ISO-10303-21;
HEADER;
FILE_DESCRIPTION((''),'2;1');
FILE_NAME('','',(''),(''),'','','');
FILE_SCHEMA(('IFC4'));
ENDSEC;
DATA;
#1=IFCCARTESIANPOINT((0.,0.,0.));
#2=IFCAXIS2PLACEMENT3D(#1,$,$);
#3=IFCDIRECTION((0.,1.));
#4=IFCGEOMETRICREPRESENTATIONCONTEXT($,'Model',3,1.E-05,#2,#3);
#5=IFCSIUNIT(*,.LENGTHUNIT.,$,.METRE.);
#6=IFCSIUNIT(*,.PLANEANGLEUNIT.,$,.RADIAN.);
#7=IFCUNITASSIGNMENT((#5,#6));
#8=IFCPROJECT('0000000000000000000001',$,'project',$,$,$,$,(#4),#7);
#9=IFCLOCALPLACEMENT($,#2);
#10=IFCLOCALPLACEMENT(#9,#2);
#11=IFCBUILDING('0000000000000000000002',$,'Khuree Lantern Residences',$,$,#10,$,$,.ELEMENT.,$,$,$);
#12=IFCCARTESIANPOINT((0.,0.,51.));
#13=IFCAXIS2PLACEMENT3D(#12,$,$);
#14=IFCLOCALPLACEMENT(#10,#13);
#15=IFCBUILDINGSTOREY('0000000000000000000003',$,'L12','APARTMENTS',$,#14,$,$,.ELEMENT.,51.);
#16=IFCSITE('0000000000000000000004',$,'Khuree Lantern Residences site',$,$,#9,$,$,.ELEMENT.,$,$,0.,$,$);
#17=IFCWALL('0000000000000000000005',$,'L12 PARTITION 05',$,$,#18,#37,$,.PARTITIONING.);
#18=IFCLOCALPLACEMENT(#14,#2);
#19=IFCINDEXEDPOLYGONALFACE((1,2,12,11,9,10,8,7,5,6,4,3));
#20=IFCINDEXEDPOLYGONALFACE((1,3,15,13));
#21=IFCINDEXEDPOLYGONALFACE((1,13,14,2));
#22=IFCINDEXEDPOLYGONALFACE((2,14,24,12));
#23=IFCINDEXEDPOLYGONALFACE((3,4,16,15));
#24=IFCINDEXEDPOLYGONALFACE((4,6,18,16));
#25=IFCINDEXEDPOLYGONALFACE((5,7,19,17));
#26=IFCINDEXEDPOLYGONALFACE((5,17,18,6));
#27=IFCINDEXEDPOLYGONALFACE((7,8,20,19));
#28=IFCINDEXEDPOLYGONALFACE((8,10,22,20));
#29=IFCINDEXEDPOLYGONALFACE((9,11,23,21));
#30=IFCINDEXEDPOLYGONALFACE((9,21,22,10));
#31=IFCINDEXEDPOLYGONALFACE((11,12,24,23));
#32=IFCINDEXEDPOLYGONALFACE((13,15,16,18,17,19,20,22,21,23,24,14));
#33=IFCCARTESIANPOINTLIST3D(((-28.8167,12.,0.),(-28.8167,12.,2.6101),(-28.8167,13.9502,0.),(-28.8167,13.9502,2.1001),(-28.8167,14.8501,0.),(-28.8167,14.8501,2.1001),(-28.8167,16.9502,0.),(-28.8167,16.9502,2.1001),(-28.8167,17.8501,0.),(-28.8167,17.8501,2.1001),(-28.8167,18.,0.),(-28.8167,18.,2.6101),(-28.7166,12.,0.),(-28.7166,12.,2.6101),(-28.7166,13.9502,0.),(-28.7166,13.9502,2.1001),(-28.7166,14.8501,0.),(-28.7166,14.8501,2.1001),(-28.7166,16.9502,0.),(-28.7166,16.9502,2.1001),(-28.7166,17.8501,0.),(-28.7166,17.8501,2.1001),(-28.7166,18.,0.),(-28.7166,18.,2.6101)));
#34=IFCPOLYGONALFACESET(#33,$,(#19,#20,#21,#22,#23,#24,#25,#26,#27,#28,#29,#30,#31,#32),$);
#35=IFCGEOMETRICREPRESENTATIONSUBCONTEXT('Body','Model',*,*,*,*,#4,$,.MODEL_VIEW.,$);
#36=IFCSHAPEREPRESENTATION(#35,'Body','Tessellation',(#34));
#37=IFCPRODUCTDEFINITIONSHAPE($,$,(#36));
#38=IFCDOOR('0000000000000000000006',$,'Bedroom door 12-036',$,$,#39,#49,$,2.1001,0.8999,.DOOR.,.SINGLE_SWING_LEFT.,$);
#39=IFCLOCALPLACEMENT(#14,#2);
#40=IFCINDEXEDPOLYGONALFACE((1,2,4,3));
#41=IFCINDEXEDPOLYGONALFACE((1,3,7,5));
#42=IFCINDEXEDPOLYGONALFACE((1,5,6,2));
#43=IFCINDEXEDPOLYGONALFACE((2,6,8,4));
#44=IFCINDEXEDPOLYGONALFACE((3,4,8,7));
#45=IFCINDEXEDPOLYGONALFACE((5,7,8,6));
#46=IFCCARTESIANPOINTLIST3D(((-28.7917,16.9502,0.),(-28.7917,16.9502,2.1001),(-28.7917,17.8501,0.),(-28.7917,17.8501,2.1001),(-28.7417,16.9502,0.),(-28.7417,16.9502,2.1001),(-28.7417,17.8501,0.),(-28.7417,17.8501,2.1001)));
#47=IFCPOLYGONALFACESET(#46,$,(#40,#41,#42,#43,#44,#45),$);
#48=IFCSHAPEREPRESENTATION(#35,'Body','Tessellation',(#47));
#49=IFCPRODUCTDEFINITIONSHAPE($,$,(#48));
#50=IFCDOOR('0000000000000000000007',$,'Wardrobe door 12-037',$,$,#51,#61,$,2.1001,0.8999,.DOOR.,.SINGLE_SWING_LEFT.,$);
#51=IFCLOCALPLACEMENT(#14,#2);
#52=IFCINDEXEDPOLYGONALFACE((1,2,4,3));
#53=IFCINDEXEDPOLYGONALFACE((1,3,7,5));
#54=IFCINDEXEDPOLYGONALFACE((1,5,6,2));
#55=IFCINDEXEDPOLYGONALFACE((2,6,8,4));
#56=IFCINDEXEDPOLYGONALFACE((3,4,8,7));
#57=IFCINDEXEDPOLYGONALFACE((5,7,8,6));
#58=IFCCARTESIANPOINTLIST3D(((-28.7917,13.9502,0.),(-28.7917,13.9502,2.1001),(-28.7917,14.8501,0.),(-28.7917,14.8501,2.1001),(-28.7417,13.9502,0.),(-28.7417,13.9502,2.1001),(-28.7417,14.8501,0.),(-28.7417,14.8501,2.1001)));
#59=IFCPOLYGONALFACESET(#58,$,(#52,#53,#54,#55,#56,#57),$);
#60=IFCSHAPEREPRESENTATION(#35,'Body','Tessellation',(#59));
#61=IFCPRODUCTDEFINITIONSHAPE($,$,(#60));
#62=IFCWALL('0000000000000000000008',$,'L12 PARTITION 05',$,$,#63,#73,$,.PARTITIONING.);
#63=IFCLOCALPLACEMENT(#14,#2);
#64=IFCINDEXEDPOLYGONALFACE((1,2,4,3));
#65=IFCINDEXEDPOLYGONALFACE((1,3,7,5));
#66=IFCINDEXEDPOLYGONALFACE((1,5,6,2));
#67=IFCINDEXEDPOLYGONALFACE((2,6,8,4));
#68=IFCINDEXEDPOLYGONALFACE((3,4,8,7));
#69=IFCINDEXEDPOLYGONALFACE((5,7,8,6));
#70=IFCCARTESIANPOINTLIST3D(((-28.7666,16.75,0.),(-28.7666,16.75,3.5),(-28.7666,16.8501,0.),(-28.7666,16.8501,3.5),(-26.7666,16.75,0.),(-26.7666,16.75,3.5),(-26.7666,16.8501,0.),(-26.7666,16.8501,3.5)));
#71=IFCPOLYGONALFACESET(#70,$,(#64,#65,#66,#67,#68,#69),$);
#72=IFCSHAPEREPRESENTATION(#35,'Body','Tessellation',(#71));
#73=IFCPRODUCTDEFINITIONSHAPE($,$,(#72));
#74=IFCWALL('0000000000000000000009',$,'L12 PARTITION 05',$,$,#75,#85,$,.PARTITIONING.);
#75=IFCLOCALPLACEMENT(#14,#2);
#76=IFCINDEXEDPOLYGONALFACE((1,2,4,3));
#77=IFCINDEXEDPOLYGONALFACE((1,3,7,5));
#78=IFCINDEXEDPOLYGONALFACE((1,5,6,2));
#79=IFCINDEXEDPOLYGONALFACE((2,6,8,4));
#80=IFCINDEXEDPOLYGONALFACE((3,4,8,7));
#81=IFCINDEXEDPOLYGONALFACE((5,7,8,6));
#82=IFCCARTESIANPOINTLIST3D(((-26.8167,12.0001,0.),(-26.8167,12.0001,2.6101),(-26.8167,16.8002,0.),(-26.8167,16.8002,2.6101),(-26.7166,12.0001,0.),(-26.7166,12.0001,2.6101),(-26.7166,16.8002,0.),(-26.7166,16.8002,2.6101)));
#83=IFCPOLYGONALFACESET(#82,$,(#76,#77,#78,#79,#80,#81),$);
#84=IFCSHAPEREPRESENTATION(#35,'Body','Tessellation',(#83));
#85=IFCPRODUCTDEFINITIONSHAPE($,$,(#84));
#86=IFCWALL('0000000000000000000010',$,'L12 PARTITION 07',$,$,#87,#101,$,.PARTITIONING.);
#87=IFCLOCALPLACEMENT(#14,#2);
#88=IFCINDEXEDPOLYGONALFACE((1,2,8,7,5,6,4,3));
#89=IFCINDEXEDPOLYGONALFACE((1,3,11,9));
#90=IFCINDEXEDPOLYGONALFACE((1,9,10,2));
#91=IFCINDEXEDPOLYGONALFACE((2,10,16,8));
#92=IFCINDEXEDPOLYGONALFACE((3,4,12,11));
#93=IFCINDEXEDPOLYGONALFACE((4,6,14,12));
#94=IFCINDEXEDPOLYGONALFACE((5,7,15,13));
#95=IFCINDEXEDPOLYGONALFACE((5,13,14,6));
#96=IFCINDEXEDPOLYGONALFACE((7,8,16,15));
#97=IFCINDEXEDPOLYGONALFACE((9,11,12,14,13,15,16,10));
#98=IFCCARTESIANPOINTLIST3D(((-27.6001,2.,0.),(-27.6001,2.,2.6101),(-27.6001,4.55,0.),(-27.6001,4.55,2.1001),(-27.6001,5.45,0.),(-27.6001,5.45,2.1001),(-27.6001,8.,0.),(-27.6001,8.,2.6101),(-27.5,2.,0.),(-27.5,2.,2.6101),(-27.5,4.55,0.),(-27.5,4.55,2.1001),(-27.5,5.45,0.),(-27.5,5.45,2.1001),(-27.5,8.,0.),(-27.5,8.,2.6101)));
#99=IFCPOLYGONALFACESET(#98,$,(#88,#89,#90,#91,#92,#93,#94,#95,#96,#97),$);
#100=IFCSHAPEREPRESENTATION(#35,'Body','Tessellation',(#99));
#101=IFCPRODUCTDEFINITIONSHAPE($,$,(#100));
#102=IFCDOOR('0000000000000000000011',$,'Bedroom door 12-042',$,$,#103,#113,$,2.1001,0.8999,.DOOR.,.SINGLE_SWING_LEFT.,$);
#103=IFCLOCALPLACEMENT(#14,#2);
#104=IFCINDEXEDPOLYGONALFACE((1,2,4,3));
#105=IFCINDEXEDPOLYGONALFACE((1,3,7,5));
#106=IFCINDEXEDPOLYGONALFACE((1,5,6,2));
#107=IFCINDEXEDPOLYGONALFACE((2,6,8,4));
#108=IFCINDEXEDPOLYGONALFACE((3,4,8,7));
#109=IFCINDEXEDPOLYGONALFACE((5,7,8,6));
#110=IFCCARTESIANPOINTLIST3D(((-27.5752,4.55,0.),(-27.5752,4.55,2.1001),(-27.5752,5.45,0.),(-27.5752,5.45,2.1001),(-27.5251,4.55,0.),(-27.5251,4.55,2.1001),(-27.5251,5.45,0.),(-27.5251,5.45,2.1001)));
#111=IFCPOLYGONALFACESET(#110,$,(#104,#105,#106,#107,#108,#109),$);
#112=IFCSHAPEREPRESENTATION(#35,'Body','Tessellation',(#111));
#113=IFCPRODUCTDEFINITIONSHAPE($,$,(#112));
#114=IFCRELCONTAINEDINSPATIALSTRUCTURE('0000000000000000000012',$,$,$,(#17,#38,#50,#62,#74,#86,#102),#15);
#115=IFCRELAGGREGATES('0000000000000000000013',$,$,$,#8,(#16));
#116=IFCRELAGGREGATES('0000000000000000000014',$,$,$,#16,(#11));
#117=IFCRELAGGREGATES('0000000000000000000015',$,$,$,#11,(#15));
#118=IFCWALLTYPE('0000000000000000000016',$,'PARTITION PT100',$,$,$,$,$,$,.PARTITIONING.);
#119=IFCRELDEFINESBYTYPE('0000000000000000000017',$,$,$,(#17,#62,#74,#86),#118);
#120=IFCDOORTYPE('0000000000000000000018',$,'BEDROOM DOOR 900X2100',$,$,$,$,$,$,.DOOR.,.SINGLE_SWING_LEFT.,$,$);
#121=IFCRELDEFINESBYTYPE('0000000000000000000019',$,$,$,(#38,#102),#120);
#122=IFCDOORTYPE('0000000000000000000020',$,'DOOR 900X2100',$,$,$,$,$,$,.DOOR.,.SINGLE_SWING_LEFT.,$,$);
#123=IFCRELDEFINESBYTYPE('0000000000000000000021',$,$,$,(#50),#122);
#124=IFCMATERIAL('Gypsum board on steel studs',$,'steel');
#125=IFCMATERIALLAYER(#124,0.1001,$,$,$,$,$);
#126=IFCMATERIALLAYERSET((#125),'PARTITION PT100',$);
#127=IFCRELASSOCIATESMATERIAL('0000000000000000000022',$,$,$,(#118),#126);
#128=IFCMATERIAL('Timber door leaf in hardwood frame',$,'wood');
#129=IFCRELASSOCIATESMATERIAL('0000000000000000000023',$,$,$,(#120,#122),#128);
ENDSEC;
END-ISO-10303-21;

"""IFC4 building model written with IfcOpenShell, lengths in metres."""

from ifc_helpers import new_model, si_unit, direction, frame, frame_2d, origin, place, context, subcontext, project, spatial, rectangle, extrude, material, layer, layer_set, type_object, element, fill, save


model = new_model("IFC4")

# Units and contexts
model_context = context("Model", 3, precision=1e-05, world=origin(), true_north=direction((0.0, 1.0)))
body_context = subcontext(model_context, "Body", "Model", "MODEL_VIEW")
ifc_project = project(units=[si_unit("LENGTHUNIT", "METRE"), si_unit("PLANEANGLEUNIT", "RADIAN")], contexts=[model_context])

# Site, building, storey
site_placement = place(None, origin())
site = spatial("IfcSite", under=ifc_project, at=site_placement, Name="Khuree Lantern Residences site", CompositionType="ELEMENT", RefElevation=0.0)
building_placement = place(site_placement, origin())
building = spatial("IfcBuilding", under=site, at=building_placement, Name="Khuree Lantern Residences", CompositionType="ELEMENT")
storey_placement = place(building_placement, frame((0.0, 0.0, 51.0)))
storey = spatial("IfcBuildingStorey", under=building, at=storey_placement, Name="L12", Description="APARTMENTS", CompositionType="ELEMENT", Elevation=51.0)

# Shared definitions
ifc_material_1 = material(Name="Timber door leaf in hardwood frame", Category="wood")

# Shared definitions
ifc_material_2 = material(Name="Gypsum board on steel studs", Category="steel")
ifc_layer_1 = layer(ifc_material_2, 0.1001)
ifc_layer_set_1 = layer_set([ifc_layer_1], Name="PARTITION PT100")
wall_type_1 = type_object("IfcWallType", Name="PARTITION PT100", PredefinedType="PARTITIONING", material=ifc_layer_set_1)

# Wall, openings, doors
wall_1_placement = place(storey_placement, frame((-28.7666, 18.0, 0.0), z_axis=(0.0, 0.0, 1.0), x_axis=(0.0, -1.0, 0.0)))
wall_1 = element("IfcWall", 1, at=wall_1_placement, inside=storey, type_object=wall_type_1, Name="L12 PARTITION 05", PredefinedType="PARTITIONING", context=body_context, shape_type="SweptSolid", body=[
    extrude(rectangle(XDim=6.0, YDim=0.1001, at=frame_2d((3.0, 0.0))), origin(), (0.0, 0.0, 1.0), 2.6101),
])
opening_1_placement = place(wall_1_placement, frame((0.1499, 0.0, 0.0)))
opening_1 = element("IfcOpeningElement", 2, at=opening_1_placement, cuts=wall_1, PredefinedType="OPENING", context=body_context, shape_type="SweptSolid", body=[
    extrude(rectangle(XDim=0.8999, YDim=2.1001, at=frame_2d((0.45, 1.05))), frame((0.0, 0.0601, 0.0), z_axis=(0.0, -1.0, 0.0), x_axis=(1.0, 0.0, 0.0)), (0.0, 0.0, 1.0), 0.1201),
])
opening_2_placement = place(wall_1_placement, frame((3.1499, 0.0, 0.0)))
opening_2 = element("IfcOpeningElement", 3, at=opening_2_placement, cuts=wall_1, PredefinedType="OPENING", context=body_context, shape_type="SweptSolid", body=[
    extrude(rectangle(XDim=0.8999, YDim=2.1001, at=frame_2d((0.45, 1.05))), frame((0.0, 0.0601, 0.0), z_axis=(0.0, -1.0, 0.0), x_axis=(1.0, 0.0, 0.0)), (0.0, 0.0, 1.0), 0.1201),
])
door_type_1 = type_object("IfcDoorType", Name="BEDROOM DOOR 900X2100", OperationType="SINGLE_SWING_LEFT", PredefinedType="DOOR", material=ifc_material_1)
door_1_placement = place(opening_1_placement, origin())
door_1 = element("IfcDoor", 4, at=door_1_placement, inside=storey, type_object=door_type_1, Name="Bedroom door 12-036", OperationType="SINGLE_SWING_LEFT", OverallHeight=2.1001, OverallWidth=0.8999, PredefinedType="DOOR", context=body_context, shape_type="SweptSolid", body=[
    extrude(rectangle(XDim=0.8999, YDim=2.1001, at=frame_2d((0.45, 1.05))), frame((0.0, 0.0249, 0.0), z_axis=(0.0, -1.0, 0.0), x_axis=(1.0, 0.0, 0.0)), (0.0, 0.0, 1.0), 0.05),
])
fill(opening_1, door_1)
door_type_2 = type_object("IfcDoorType", Name="DOOR 900X2100", OperationType="SINGLE_SWING_LEFT", PredefinedType="DOOR", material=ifc_material_1)
door_2_placement = place(opening_2_placement, origin())
door_2 = element("IfcDoor", 5, at=door_2_placement, inside=storey, type_object=door_type_2, Name="Wardrobe door 12-037", OperationType="SINGLE_SWING_LEFT", OverallHeight=2.1001, OverallWidth=0.8999, PredefinedType="DOOR", context=body_context, shape_type="SweptSolid", body=[
    extrude(rectangle(XDim=0.8999, YDim=2.1001, at=frame_2d((0.45, 1.05))), frame((0.0, 0.0249, 0.0), z_axis=(0.0, -1.0, 0.0), x_axis=(1.0, 0.0, 0.0)), (0.0, 0.0, 1.0), 0.05),
])
fill(opening_2, door_2)

# Walls
wall_2_placement = place(storey_placement, frame((-26.7666, 16.8, 0.0), z_axis=(0.0, 0.0, 1.0), x_axis=(-1.0, 0.0, 0.0)))
element("IfcWall", 6, at=wall_2_placement, inside=storey, type_object=wall_type_1, Name="L12 PARTITION 05", PredefinedType="PARTITIONING", context=body_context, shape_type="SweptSolid", body=[
    extrude(rectangle(XDim=2.0, YDim=0.1001, at=frame_2d((1.0, 0.0))), origin(), (0.0, 0.0, 1.0), 3.5),
])
wall_3_placement = place(storey_placement, frame((-26.7666, 16.8, 0.0), z_axis=(0.0, 0.0, 1.0), x_axis=(0.0, -1.0, 0.0)))
element("IfcWall", 7, at=wall_3_placement, inside=storey, type_object=wall_type_1, Name="L12 PARTITION 05", PredefinedType="PARTITIONING", context=body_context, shape_type="SweptSolid", body=[
    extrude(rectangle(XDim=4.8, YDim=0.1001, at=frame_2d((2.3999, 0.0))), origin(), (0.0, 0.0, 1.0), 2.6101),
])

# Wall, opening, door
wall_4_placement = place(storey_placement, frame((-27.55, 8.0, 0.0), z_axis=(0.0, 0.0, 1.0), x_axis=(0.0, -1.0, 0.0)))
wall_4 = element("IfcWall", 8, at=wall_4_placement, inside=storey, type_object=wall_type_1, Name="L12 PARTITION 07", PredefinedType="PARTITIONING", context=body_context, shape_type="SweptSolid", body=[
    extrude(rectangle(XDim=6.0, YDim=0.1001, at=frame_2d((3.0, 0.0))), origin(), (0.0, 0.0, 1.0), 2.6101),
])
opening_3_placement = place(wall_4_placement, frame((2.55, 0.0, 0.0)))
opening_3 = element("IfcOpeningElement", 9, at=opening_3_placement, cuts=wall_4, PredefinedType="OPENING", context=body_context, shape_type="SweptSolid", body=[
    extrude(rectangle(XDim=0.8999, YDim=2.1001, at=frame_2d((0.45, 1.05))), frame((0.0, 0.0601, 0.0), z_axis=(0.0, -1.0, 0.0), x_axis=(1.0, 0.0, 0.0)), (0.0, 0.0, 1.0), 0.1201),
])
door_3_placement = place(opening_3_placement, origin())
door_3 = element("IfcDoor", 10, at=door_3_placement, inside=storey, type_object=door_type_1, Name="Bedroom door 12-042", OperationType="SINGLE_SWING_LEFT", OverallHeight=2.1001, OverallWidth=0.8999, PredefinedType="DOOR", context=body_context, shape_type="SweptSolid", body=[
    extrude(rectangle(XDim=0.8999, YDim=2.1001, at=frame_2d((0.45, 1.05))), frame((0.0, 0.0249, 0.0), z_axis=(0.0, -1.0, 0.0), x_axis=(1.0, 0.0, 0.0)), (0.0, 0.0, 1.0), 0.05),
])
fill(opening_3, door_3)

save(model, "model.ifc")
